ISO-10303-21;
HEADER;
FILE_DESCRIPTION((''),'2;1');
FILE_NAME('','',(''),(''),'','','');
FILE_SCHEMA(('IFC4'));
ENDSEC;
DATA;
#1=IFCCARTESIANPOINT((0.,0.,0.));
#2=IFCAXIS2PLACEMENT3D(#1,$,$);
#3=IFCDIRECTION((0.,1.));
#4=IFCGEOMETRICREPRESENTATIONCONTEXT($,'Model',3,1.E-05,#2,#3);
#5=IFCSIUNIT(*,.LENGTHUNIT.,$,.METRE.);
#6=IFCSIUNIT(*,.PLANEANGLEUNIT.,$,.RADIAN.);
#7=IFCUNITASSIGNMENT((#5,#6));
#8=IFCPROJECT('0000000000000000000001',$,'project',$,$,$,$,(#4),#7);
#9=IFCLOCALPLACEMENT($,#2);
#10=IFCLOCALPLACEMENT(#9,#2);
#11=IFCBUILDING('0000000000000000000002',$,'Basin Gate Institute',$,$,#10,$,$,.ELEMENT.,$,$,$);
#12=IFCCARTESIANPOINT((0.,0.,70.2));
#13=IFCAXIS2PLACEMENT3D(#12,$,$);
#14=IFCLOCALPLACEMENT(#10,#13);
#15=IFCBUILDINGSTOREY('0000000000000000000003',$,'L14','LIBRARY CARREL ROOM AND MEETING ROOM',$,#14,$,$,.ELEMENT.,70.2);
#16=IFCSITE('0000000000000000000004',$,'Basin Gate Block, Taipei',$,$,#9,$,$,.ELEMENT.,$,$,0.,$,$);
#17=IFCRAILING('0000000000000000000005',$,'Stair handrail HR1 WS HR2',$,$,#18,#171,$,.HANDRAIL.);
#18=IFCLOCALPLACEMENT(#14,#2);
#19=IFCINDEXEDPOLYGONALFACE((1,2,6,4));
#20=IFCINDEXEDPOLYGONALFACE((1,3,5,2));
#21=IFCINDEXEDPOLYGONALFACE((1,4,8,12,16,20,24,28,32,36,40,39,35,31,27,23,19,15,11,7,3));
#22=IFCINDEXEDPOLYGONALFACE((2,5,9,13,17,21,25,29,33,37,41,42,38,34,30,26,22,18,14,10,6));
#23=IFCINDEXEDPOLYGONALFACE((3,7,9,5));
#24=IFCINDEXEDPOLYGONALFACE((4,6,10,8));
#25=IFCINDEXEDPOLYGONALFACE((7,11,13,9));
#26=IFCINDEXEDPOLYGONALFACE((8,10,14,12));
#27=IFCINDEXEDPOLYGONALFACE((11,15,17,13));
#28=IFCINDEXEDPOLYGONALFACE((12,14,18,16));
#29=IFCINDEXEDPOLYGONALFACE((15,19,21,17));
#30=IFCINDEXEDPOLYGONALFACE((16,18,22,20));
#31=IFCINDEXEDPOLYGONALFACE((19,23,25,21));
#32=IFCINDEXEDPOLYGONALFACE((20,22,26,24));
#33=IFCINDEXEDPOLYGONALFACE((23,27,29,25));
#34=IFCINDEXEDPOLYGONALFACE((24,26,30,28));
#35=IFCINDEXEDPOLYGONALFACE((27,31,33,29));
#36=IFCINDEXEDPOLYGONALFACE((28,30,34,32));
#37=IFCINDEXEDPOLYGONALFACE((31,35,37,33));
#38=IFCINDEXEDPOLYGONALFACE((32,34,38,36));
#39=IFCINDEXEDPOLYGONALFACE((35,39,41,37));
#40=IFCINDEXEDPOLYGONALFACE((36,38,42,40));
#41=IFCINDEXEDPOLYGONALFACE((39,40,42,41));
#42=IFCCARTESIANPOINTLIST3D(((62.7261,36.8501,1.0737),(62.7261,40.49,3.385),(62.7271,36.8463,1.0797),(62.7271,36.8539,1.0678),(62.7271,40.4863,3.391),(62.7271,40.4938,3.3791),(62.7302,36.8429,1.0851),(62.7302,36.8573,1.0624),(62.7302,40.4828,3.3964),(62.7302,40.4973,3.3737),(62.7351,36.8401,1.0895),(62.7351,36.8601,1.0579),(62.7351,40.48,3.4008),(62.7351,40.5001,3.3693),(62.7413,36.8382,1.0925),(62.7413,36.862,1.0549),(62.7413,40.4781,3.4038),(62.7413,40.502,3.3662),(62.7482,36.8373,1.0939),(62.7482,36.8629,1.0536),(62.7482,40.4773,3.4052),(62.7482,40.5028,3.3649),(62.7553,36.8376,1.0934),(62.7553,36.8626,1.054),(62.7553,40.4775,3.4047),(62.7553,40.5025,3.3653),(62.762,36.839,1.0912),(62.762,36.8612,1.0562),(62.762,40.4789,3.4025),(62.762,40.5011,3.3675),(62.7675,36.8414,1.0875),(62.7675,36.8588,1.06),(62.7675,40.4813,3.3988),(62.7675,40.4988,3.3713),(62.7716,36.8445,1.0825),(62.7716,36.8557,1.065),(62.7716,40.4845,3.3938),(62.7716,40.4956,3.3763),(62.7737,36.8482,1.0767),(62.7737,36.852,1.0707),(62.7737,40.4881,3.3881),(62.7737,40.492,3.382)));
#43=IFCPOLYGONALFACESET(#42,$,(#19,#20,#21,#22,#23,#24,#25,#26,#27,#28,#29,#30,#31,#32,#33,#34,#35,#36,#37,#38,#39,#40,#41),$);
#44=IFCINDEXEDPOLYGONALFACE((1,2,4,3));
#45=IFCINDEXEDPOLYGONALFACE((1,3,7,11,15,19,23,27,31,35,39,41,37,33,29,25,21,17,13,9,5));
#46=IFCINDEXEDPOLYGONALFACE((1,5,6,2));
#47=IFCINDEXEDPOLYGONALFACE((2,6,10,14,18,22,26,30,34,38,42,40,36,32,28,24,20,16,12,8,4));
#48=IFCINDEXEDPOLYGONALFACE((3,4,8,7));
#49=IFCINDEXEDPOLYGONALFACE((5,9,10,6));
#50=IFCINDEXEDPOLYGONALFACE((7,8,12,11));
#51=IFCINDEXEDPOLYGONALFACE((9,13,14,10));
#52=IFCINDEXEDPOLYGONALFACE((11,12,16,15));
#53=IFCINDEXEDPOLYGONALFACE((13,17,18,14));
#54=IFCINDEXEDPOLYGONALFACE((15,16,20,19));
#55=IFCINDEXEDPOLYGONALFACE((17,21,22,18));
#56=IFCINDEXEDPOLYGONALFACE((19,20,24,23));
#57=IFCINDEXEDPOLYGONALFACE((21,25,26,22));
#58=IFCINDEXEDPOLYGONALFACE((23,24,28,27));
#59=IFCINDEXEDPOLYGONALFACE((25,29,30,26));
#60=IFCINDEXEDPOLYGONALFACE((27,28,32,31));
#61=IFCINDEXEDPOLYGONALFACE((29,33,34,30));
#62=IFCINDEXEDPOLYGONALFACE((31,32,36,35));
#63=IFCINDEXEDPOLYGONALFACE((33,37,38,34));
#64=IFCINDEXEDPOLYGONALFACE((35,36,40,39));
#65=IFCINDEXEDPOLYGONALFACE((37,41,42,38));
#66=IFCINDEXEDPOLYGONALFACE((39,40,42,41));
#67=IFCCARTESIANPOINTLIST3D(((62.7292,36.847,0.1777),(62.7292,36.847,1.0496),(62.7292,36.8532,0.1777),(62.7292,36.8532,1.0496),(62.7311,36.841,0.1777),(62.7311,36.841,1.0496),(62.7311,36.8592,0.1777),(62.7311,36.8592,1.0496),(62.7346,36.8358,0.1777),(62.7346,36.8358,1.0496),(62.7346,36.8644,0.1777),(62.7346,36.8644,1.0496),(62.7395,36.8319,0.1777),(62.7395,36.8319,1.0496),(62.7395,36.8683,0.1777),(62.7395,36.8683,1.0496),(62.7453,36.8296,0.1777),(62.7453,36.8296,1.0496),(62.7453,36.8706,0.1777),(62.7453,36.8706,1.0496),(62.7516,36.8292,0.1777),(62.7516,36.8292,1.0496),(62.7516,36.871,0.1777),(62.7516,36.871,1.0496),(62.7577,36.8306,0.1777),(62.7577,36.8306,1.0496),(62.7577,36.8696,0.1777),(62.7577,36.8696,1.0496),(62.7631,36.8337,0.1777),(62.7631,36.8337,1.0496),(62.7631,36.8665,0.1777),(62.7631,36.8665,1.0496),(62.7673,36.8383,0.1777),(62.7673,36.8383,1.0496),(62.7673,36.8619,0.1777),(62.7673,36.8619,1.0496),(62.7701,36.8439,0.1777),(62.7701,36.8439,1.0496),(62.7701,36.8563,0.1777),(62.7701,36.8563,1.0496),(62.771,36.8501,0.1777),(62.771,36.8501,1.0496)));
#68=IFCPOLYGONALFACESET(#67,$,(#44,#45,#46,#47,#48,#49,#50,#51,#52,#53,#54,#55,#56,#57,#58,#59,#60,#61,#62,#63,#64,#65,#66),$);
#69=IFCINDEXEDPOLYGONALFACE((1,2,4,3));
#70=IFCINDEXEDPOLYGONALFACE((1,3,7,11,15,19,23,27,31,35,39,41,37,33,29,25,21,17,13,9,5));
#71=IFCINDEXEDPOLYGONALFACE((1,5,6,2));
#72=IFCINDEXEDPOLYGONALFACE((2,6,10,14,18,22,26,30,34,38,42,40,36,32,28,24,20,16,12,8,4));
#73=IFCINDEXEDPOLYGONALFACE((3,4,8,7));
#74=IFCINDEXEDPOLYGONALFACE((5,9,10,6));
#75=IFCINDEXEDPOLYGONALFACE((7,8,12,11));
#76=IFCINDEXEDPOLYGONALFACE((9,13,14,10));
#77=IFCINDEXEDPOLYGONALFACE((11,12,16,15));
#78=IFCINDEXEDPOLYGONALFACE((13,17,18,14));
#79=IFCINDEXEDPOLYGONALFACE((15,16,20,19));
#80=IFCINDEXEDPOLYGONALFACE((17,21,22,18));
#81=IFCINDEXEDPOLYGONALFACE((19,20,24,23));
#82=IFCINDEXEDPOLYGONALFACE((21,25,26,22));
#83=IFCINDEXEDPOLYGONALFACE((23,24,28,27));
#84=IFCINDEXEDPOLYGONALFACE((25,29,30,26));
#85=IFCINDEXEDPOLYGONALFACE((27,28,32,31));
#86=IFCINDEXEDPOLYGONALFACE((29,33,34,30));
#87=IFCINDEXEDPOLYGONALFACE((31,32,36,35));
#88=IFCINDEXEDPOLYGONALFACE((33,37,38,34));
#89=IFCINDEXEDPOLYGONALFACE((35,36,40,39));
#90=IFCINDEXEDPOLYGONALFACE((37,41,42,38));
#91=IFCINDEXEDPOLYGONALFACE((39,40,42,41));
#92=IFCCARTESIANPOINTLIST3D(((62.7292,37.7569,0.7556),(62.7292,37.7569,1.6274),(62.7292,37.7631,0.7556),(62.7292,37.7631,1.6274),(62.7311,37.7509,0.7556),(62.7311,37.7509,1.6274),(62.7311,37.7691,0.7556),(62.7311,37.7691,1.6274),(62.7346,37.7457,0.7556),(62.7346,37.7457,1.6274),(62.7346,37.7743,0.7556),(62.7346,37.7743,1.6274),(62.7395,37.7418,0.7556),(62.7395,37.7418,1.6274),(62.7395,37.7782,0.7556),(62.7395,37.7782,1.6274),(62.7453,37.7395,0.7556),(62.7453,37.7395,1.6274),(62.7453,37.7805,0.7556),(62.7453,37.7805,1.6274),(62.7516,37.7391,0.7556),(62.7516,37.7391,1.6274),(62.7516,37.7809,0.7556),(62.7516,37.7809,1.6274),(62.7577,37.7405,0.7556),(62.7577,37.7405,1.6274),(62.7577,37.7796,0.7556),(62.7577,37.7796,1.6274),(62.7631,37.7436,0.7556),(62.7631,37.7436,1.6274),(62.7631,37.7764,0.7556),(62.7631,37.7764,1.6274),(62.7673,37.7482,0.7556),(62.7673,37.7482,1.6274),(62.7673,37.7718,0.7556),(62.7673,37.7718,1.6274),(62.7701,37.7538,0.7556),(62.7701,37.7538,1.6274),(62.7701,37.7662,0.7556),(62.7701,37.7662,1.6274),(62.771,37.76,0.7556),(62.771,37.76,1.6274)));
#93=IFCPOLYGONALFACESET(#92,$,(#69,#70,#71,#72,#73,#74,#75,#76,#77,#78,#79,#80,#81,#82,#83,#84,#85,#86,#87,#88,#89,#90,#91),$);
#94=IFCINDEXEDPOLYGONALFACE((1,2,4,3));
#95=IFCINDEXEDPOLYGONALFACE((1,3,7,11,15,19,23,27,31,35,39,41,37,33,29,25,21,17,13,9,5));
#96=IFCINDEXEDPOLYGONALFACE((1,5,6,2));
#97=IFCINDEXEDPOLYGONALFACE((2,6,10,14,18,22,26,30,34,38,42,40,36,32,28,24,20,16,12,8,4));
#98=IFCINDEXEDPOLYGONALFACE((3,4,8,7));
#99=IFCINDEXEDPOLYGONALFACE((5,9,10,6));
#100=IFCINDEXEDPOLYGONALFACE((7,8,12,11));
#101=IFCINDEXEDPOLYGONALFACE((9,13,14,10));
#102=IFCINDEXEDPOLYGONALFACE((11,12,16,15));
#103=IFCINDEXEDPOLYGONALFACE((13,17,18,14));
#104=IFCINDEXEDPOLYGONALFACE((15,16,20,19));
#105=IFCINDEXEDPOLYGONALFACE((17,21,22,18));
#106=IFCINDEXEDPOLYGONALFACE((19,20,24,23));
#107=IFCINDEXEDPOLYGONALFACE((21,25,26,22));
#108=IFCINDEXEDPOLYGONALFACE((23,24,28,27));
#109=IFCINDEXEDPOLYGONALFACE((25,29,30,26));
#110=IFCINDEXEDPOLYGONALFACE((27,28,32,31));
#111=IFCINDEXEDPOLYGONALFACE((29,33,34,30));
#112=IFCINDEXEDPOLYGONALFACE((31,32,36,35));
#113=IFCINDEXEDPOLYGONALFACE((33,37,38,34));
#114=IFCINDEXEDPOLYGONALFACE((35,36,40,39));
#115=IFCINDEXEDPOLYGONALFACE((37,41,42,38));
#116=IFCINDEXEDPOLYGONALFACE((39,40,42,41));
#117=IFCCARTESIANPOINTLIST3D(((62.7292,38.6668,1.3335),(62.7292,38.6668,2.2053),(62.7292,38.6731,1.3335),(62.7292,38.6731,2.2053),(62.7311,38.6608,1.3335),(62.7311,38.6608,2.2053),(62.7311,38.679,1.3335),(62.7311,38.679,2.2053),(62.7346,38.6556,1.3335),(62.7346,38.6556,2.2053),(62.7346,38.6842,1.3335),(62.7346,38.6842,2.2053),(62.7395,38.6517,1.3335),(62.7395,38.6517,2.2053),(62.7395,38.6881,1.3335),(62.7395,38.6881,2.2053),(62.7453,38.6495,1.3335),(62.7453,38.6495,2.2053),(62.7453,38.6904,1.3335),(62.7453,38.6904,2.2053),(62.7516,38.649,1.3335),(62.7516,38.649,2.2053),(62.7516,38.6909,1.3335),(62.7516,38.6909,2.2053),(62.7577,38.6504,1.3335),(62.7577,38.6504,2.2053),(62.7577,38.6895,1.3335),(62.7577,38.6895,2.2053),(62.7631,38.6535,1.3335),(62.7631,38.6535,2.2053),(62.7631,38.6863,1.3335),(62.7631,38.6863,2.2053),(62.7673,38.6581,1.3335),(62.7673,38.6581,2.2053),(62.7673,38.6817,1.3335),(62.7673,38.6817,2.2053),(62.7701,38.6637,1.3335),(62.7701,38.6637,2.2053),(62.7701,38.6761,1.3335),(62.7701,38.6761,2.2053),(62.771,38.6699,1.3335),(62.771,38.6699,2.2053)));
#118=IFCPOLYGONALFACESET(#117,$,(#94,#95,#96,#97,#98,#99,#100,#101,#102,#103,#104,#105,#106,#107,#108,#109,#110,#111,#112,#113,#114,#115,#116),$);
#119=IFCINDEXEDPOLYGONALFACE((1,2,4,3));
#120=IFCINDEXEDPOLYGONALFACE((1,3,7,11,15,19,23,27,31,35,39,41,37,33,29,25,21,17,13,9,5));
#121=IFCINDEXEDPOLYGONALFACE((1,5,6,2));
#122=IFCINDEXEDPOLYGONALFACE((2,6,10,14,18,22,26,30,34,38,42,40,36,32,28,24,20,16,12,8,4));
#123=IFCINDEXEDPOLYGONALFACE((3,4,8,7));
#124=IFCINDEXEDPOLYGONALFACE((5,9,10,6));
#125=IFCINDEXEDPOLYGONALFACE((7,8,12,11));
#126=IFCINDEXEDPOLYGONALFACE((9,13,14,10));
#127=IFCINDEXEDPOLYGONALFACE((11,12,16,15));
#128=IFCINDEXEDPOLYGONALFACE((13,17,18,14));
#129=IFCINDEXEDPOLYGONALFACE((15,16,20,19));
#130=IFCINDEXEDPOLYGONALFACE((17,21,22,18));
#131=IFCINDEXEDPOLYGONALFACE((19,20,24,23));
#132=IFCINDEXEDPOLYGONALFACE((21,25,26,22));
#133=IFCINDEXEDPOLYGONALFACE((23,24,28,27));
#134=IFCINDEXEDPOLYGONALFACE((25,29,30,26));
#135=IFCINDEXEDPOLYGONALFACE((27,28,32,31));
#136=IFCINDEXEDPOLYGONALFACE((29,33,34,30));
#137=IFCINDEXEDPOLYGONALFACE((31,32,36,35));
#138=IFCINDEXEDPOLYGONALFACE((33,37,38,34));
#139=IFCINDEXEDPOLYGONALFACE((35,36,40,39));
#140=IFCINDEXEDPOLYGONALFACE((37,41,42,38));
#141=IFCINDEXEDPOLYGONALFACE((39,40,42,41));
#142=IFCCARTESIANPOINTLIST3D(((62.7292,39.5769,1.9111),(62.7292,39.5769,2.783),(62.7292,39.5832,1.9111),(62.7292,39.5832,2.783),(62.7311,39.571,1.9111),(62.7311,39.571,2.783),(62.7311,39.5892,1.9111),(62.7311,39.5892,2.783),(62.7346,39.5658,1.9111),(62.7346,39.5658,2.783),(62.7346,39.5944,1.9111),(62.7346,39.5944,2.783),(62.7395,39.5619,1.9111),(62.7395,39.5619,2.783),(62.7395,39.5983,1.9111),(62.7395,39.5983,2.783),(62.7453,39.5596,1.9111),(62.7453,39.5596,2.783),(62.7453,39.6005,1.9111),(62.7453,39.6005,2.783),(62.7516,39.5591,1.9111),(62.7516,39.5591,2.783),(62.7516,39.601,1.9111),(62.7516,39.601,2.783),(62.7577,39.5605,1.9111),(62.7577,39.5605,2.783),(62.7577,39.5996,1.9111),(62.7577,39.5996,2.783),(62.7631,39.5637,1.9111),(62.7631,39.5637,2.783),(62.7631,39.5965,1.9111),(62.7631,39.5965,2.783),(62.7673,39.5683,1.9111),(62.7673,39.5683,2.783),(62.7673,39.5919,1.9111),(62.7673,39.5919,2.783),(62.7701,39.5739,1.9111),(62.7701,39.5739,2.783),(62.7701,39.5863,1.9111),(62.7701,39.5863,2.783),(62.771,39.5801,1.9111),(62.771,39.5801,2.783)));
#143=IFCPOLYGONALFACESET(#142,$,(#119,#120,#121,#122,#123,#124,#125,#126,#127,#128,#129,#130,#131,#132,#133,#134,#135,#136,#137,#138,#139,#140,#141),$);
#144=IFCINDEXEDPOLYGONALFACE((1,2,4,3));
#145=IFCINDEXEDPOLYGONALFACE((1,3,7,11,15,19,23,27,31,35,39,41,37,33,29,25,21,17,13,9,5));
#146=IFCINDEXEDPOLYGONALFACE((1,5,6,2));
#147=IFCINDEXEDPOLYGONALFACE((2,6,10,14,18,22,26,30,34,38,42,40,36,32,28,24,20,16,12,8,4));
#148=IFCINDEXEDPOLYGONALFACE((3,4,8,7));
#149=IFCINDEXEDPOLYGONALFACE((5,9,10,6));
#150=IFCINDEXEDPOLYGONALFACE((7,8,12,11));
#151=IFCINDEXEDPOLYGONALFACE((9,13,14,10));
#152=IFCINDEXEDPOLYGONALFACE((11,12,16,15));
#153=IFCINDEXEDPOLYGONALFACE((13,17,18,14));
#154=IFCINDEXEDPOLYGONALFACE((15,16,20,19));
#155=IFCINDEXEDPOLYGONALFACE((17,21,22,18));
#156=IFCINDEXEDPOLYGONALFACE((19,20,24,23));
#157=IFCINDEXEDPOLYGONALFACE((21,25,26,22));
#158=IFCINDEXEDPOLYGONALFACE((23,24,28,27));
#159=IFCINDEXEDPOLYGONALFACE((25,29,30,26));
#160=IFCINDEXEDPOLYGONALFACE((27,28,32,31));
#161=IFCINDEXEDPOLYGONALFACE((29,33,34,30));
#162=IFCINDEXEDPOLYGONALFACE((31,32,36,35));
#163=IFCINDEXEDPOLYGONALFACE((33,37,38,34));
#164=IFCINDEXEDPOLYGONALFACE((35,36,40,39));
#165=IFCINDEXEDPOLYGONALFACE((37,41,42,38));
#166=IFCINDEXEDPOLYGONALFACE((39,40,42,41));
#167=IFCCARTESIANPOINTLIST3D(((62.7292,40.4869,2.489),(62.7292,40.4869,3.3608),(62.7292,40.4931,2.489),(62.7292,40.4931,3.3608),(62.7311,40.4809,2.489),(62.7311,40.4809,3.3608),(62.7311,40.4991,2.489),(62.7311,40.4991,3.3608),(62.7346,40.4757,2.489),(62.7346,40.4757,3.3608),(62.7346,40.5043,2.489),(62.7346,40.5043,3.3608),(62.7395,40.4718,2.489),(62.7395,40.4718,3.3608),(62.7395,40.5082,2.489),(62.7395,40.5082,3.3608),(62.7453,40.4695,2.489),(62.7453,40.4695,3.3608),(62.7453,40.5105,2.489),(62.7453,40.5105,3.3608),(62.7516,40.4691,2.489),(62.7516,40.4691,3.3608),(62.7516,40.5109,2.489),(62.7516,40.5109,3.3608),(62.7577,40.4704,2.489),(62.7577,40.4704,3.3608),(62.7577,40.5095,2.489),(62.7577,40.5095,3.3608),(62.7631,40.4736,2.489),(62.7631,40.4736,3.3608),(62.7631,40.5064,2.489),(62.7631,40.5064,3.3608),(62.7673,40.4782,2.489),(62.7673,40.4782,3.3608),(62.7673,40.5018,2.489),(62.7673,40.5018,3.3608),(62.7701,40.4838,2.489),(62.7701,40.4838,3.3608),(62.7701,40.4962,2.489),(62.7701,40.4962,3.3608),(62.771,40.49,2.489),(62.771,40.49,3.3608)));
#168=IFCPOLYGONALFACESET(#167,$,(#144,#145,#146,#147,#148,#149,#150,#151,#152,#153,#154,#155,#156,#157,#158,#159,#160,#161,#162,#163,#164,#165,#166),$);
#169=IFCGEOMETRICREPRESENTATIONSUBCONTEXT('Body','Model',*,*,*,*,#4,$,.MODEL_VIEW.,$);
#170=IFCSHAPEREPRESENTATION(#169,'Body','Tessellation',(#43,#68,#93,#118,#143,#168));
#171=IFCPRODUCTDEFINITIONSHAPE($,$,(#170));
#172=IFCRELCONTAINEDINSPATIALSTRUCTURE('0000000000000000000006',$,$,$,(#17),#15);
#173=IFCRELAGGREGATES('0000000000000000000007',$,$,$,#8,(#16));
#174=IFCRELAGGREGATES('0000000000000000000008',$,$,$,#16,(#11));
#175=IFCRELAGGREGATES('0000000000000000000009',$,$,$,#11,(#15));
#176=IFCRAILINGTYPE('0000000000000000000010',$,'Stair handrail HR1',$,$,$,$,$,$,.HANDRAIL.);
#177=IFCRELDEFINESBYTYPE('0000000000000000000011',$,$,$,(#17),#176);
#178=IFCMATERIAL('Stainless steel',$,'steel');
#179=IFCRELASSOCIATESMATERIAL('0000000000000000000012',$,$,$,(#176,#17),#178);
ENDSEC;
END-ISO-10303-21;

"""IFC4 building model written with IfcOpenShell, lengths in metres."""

from ifc_helpers import new_model, si_unit, direction, frame, origin, origin_2d, place, context, subcontext, project, spatial, circle, extrude, material, type_object, element, save


model = new_model("IFC4")

# Units and contexts
model_context = context("Model", 3, precision=1e-05, world=origin(), true_north=direction((0.0, 1.0)))
body_context = subcontext(model_context, "Body", "Model", "MODEL_VIEW")
ifc_project = project(units=[si_unit("LENGTHUNIT", "METRE"), si_unit("PLANEANGLEUNIT", "RADIAN")], contexts=[model_context])

# Site, building, storey
site_placement = place(None, origin())
site = spatial("IfcSite", under=ifc_project, at=site_placement, Name="Basin Gate Block, Taipei", CompositionType="ELEMENT", RefElevation=0.0)
building_placement = place(site_placement, origin())
building = spatial("IfcBuilding", under=site, at=building_placement, Name="Basin Gate Institute", CompositionType="ELEMENT")
storey_placement = place(building_placement, frame((0.0, 0.0, 70.2)))
storey = spatial("IfcBuildingStorey", under=building, at=storey_placement, Name="L14", Description="LIBRARY CARREL ROOM AND MEETING ROOM", CompositionType="ELEMENT", Elevation=70.2)

# Railing
ifc_material_1 = material(Name="Stainless steel", Category="steel")
railing_type_1 = type_object("IfcRailingType", Name="Stair handrail HR1", PredefinedType="HANDRAIL", material=ifc_material_1)
for number, where, name in (
    (1, (62.75, 36.8501, 0.1777), "Stair handrail HR1 WS HR2"),
):
    element("IfcRailing", number, at=place(storey_placement, frame(where)), inside=storey, type_object=railing_type_1, material=ifc_material_1, Name=name, PredefinedType="HANDRAIL", context=body_context, shape_type="SweptSolid", body=[
        extrude(circle(Radius=0.0239, at=origin_2d()), frame((0.0, 0.0, 0.896), z_axis=(0.0, 0.844188, 0.536047), x_axis=(-1.0, 0.0, 0.0)), (0.0, 0.0, 1.0), 4.3118),
        extrude(circle(Radius=0.021, at=origin_2d()), origin(), (0.0, 0.0, 1.0), 0.8718),
        extrude(circle(Radius=0.021, at=origin_2d()), frame((0.0, 0.9099, 0.5779)), (0.0, 0.0, 1.0), 0.8718),
        extrude(circle(Radius=0.021, at=origin_2d()), frame((0.0, 1.8198, 1.1558)), (0.0, 0.0, 1.0), 0.8718),
        extrude(circle(Radius=0.021, at=origin_2d()), frame((0.0, 2.73, 1.7334)), (0.0, 0.0, 1.0), 0.8718),
        extrude(circle(Radius=0.021, at=origin_2d()), frame((0.0, 3.6399, 2.3113)), (0.0, 0.0, 1.0), 0.8718),
    ])

save(model, "model.ifc")
